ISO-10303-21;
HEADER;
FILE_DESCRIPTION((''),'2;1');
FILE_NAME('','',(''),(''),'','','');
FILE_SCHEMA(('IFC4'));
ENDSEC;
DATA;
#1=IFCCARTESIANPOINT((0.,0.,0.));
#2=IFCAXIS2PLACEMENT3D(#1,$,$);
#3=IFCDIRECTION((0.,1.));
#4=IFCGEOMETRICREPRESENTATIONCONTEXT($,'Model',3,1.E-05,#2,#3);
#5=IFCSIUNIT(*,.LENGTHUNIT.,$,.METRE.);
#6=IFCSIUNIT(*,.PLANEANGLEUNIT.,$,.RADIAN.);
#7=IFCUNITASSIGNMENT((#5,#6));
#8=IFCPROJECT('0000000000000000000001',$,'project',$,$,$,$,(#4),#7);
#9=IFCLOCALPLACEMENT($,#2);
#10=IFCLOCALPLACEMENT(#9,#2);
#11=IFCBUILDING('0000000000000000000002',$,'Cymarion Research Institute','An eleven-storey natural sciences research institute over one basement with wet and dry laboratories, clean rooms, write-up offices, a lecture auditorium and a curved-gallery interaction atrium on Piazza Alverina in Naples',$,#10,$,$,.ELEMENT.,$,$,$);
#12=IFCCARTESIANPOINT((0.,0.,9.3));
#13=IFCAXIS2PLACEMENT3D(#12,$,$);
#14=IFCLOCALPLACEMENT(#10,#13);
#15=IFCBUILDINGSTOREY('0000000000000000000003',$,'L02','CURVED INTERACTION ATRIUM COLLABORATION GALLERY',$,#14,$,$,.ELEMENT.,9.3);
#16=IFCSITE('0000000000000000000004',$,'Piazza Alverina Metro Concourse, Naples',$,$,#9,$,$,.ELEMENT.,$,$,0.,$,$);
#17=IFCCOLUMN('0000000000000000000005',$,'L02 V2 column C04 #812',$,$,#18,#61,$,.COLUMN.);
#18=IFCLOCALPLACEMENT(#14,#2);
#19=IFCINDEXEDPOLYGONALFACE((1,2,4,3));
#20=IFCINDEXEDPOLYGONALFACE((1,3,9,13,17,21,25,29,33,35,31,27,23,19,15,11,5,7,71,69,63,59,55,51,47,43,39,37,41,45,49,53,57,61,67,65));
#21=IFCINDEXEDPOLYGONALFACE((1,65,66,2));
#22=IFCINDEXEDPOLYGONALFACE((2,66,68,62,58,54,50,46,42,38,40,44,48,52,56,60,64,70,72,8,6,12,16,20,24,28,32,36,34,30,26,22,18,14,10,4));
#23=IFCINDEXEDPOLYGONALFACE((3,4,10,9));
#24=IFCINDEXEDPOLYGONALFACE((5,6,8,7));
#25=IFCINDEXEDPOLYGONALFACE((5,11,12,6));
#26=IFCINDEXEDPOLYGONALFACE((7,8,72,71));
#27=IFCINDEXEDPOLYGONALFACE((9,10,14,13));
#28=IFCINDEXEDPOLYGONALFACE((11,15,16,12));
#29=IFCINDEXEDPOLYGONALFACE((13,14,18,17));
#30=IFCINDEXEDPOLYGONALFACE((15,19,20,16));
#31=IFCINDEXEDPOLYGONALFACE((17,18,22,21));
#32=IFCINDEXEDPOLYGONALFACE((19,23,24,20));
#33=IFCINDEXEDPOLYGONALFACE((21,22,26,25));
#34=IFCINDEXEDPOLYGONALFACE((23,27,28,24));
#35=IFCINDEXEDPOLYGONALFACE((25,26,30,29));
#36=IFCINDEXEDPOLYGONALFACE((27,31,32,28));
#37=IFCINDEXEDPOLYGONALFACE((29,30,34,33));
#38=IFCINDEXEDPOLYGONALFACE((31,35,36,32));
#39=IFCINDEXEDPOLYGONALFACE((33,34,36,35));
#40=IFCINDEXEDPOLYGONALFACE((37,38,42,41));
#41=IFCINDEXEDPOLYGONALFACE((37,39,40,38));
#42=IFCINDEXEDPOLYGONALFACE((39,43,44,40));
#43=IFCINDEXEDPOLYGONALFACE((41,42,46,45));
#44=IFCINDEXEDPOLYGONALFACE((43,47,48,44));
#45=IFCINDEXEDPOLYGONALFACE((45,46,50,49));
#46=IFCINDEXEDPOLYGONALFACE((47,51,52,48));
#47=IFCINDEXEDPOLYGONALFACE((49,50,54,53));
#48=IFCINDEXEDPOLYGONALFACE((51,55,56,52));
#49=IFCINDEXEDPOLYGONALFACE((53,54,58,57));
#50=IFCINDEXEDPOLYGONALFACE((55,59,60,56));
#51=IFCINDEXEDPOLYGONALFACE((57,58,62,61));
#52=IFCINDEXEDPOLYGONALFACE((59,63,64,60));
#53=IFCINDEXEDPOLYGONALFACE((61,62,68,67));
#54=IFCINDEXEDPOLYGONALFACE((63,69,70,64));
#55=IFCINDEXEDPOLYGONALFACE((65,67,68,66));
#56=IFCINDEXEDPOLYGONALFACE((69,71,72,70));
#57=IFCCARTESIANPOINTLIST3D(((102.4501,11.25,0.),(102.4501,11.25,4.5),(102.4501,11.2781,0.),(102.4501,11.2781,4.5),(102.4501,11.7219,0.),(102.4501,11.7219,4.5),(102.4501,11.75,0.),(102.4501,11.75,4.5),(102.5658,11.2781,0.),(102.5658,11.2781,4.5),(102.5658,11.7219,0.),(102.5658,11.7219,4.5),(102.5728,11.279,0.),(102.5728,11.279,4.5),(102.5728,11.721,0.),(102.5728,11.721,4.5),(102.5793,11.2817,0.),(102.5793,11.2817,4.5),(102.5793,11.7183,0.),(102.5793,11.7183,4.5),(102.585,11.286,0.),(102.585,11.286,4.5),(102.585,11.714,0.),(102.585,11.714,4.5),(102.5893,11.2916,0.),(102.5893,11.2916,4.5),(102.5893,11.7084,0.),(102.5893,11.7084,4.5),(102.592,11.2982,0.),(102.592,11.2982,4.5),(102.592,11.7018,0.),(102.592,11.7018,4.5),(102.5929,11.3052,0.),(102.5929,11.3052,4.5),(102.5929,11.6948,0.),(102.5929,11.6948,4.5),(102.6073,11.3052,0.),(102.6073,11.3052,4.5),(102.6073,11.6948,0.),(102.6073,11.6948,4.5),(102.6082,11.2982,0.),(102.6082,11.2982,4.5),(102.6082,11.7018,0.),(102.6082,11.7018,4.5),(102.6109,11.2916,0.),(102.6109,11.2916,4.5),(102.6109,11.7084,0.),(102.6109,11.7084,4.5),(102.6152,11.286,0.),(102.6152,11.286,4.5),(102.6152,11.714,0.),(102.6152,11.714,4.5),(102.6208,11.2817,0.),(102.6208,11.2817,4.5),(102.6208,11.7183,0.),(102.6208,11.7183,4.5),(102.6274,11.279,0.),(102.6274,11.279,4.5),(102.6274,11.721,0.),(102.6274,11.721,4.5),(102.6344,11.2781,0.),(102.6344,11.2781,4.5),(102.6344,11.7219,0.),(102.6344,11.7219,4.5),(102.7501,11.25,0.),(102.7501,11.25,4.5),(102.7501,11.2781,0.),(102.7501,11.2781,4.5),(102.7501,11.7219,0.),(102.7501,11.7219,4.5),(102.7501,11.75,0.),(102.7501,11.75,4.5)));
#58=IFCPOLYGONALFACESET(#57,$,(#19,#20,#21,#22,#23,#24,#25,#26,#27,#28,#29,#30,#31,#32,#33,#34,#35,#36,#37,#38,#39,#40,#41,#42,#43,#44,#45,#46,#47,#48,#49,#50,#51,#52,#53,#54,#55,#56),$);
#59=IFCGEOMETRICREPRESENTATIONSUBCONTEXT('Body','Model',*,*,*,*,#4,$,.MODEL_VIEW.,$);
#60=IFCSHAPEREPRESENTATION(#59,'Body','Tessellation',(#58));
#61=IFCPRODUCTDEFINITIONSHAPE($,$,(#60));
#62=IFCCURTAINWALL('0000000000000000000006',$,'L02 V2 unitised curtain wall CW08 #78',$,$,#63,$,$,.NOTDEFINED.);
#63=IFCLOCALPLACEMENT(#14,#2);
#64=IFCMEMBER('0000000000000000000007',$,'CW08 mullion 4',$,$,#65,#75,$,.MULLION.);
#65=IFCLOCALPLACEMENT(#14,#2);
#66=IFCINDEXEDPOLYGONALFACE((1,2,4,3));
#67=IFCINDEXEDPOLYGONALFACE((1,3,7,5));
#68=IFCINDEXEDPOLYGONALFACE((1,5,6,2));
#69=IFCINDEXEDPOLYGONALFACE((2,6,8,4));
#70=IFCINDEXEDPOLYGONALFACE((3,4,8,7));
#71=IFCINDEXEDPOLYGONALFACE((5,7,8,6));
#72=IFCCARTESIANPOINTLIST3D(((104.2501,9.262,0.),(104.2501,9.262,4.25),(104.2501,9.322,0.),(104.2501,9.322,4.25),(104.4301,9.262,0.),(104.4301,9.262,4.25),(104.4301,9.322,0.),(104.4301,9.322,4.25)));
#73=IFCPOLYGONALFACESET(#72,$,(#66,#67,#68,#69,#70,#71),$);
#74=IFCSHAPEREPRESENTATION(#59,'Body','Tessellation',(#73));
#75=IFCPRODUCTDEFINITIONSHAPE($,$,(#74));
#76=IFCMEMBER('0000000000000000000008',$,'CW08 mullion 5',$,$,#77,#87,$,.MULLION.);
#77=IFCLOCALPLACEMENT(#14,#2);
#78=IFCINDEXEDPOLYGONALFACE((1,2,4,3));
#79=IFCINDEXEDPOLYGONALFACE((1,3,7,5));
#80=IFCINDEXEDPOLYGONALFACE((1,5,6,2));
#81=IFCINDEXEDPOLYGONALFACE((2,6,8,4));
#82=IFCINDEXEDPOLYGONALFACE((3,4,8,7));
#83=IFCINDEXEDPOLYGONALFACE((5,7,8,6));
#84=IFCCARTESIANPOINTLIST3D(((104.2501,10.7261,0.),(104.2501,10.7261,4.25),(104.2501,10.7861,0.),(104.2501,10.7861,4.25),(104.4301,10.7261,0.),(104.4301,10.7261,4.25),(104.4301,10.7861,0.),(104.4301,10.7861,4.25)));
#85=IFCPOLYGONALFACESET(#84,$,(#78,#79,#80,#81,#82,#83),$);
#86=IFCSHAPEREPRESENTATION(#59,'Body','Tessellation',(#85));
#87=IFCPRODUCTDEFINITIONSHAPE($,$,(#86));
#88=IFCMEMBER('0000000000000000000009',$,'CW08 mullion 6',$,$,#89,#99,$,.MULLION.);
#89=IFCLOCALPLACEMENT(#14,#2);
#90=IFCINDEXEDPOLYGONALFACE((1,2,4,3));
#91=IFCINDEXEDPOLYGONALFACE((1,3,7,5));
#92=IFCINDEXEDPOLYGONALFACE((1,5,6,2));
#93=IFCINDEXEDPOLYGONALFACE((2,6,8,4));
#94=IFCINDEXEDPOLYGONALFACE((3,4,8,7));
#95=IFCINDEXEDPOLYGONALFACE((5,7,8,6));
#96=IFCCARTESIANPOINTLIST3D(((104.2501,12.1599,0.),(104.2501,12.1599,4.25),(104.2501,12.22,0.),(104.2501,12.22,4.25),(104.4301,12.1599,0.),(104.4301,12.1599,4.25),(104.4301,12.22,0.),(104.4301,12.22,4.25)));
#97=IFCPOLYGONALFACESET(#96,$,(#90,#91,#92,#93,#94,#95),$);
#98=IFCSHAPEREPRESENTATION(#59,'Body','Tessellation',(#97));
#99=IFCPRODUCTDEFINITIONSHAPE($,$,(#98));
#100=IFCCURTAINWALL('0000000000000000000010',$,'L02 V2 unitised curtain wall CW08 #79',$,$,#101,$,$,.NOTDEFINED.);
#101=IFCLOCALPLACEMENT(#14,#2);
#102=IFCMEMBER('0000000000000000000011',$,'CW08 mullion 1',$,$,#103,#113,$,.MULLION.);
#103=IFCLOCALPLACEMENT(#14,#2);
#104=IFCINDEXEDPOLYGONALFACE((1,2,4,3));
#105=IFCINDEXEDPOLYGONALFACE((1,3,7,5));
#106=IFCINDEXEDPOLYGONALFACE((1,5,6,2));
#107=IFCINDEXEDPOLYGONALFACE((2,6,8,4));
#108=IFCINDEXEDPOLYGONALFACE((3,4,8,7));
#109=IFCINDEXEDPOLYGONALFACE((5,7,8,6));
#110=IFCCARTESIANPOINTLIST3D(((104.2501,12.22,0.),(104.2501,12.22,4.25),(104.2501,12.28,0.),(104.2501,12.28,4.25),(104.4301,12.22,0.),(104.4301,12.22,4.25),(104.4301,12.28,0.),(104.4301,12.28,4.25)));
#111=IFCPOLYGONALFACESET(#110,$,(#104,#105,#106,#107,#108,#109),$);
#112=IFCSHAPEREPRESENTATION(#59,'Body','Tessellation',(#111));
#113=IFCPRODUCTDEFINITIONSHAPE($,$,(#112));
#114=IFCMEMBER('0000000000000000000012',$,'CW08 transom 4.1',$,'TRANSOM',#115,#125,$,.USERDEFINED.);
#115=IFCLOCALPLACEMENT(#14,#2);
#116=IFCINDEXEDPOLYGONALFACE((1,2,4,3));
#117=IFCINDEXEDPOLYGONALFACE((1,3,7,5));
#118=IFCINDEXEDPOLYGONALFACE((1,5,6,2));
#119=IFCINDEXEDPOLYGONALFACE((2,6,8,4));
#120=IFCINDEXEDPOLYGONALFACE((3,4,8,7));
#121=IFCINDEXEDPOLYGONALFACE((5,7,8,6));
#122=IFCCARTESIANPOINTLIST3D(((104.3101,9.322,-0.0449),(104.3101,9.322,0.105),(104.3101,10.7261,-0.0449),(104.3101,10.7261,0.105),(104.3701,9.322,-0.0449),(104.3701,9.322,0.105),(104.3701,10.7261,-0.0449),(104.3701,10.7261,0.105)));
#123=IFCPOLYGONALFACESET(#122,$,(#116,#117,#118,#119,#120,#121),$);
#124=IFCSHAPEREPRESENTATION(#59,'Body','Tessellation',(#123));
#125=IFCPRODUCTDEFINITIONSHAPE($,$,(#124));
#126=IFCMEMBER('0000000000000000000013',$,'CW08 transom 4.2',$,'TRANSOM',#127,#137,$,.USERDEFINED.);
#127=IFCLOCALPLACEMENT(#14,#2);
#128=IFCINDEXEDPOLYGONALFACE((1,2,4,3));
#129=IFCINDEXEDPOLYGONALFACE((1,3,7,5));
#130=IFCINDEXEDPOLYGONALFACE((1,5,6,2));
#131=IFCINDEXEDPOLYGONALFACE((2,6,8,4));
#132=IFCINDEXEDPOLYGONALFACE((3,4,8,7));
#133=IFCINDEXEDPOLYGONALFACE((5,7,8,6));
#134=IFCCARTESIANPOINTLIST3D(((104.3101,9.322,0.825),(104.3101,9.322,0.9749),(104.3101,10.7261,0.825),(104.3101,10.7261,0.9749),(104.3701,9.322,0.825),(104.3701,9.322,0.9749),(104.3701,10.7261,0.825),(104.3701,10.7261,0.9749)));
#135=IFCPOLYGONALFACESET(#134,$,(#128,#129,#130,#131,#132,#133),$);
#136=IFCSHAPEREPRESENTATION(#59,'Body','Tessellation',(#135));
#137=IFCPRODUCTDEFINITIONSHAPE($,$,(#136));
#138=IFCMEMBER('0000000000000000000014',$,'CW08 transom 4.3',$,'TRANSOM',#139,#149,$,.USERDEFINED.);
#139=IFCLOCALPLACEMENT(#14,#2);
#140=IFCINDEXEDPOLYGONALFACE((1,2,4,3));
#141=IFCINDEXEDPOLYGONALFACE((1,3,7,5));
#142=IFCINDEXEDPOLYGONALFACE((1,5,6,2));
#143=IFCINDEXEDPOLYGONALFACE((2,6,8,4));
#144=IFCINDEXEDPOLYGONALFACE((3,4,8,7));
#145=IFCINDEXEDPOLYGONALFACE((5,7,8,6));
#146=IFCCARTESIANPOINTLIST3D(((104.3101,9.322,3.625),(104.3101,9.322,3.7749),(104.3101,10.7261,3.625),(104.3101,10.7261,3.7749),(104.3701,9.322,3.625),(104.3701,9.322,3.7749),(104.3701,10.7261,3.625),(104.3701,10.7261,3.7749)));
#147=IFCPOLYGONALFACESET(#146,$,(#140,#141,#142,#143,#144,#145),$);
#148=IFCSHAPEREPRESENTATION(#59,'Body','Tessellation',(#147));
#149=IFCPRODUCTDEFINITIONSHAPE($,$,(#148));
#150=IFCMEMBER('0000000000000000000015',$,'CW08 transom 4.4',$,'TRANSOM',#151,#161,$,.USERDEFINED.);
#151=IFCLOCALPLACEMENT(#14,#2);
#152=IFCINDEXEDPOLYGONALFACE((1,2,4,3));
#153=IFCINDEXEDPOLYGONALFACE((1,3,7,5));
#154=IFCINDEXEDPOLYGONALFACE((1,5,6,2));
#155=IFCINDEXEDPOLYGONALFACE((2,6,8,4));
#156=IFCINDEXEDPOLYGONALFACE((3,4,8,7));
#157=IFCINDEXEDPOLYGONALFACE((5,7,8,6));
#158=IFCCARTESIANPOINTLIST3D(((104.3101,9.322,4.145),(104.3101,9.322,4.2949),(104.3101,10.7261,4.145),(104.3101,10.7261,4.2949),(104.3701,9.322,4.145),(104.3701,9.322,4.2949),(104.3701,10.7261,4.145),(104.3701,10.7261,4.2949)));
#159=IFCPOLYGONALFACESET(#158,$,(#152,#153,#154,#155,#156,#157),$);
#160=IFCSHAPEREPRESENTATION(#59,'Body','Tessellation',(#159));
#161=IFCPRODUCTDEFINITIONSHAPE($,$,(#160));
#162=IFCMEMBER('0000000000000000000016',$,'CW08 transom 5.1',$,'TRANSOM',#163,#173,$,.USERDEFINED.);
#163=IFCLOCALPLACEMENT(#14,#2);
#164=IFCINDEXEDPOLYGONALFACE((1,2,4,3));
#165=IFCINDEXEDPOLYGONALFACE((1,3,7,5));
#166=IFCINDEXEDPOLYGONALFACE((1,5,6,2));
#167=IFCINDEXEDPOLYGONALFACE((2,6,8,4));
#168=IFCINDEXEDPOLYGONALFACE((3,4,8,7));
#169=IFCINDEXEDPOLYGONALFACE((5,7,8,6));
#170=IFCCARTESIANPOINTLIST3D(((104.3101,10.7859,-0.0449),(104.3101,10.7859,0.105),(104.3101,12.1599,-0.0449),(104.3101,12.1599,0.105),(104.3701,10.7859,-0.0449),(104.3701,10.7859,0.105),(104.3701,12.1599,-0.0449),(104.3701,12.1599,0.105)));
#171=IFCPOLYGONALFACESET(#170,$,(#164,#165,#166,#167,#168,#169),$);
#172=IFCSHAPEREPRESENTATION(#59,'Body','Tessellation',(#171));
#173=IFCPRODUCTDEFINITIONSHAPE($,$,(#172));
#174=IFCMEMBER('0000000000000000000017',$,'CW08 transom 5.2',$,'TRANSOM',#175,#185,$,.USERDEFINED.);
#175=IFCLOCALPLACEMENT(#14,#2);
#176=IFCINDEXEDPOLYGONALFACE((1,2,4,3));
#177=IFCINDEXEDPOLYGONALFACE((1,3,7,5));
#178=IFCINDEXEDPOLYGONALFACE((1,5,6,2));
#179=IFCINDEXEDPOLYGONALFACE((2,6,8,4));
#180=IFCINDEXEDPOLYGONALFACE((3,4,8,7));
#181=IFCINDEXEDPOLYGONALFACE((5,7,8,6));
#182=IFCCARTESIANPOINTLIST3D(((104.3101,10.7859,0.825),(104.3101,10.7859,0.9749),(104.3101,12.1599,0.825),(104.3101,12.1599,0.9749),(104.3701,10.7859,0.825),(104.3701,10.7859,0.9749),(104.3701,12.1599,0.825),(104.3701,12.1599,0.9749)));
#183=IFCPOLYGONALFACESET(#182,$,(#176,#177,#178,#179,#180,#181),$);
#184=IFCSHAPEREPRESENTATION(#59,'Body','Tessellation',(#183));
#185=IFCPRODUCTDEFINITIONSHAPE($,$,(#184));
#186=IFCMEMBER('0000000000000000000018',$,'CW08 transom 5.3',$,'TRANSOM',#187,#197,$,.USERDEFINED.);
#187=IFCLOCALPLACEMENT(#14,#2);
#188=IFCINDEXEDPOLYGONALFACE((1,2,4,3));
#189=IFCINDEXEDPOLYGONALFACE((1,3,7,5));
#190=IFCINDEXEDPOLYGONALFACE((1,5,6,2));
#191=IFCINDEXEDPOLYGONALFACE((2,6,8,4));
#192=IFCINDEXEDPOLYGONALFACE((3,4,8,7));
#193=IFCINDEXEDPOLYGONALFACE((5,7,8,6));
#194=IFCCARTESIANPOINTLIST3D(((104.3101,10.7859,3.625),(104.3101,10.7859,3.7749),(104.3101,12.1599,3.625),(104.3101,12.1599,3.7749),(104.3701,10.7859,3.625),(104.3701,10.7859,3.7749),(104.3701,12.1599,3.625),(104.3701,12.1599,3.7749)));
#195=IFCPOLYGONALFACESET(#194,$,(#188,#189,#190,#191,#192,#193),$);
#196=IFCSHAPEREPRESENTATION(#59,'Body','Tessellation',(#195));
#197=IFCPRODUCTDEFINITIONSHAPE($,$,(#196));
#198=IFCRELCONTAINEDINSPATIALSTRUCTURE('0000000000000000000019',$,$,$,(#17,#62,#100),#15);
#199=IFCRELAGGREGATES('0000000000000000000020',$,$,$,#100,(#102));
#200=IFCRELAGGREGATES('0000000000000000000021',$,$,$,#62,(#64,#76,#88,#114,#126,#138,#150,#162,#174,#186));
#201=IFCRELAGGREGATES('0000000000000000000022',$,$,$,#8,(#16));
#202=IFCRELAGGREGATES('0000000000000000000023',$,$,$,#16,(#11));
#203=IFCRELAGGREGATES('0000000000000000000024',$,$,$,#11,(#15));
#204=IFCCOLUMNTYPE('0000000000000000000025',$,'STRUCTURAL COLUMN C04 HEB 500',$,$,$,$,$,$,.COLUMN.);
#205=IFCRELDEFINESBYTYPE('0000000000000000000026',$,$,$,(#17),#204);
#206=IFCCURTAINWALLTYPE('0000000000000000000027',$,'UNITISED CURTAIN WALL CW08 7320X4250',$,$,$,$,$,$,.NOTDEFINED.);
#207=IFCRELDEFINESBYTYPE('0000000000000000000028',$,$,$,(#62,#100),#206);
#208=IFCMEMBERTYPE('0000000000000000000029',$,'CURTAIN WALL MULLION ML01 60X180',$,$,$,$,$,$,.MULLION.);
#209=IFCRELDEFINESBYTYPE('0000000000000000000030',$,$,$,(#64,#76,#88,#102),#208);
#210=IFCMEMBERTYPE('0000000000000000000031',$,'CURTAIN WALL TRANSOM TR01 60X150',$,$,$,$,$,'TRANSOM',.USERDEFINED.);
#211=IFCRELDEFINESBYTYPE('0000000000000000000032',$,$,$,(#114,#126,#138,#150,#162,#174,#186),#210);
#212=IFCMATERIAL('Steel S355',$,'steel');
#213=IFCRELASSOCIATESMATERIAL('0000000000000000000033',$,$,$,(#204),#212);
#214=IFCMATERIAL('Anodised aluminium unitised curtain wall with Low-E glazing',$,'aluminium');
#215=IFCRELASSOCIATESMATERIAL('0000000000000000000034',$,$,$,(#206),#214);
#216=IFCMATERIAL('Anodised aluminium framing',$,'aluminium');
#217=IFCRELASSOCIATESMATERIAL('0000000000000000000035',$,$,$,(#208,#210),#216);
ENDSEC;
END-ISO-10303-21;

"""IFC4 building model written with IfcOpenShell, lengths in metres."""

from ifc_helpers import new_model, si_unit, direction, frame, origin, origin_2d, place, context, subcontext, project, spatial, rectangle, i_section, extrude, material, material_profile, profile_set, type_object, element, aggregate, save


model = new_model("IFC4")

# Units and contexts
model_context = context("Model", 3, precision=1e-05, world=origin(), true_north=direction((0.0, 1.0)))
body_context = subcontext(model_context, "Body", "Model", "MODEL_VIEW")
ifc_project = project(units=[si_unit("LENGTHUNIT", "METRE"), si_unit("PLANEANGLEUNIT", "RADIAN")], contexts=[model_context])

# Site, building, storey
site_placement = place(None, origin())
site = spatial("IfcSite", under=ifc_project, at=site_placement, Name="Piazza Alverina Metro Concourse, Naples", CompositionType="ELEMENT", RefElevation=0.0)
building_placement = place(site_placement, origin())
building = spatial("IfcBuilding", under=site, at=building_placement, Name="Cymarion Research Institute", Description="An eleven-storey natural sciences research institute over one basement with wet and dry laboratories, clean rooms, write-up offices, a lecture auditorium and a curved-gallery interaction atrium on Piazza Alverina in Naples", CompositionType="ELEMENT")
storey_placement = place(building_placement, frame((0.0, 0.0, 9.3)))
storey = spatial("IfcBuildingStorey", under=building, at=storey_placement, Name="L02", Description="CURVED INTERACTION ATRIUM COLLABORATION GALLERY", CompositionType="ELEMENT", Elevation=9.3)

# Column
ifc_material_1 = material(Name="Steel S355", Category="steel")
ifc_material_profile_1 = material_profile(ifc_material_1, i_section(OverallWidth=0.3, OverallDepth=0.5, WebThickness=0.0144, FlangeThickness=0.0281, FilletRadius=0.0271, at=origin_2d()), Name="HEB 500")
ifc_profile_set_1 = profile_set([ifc_material_profile_1], Name="Steel S355")
column_type = type_object("IfcColumnType", Name="STRUCTURAL COLUMN C04 HEB 500", PredefinedType="COLUMN", material=ifc_profile_set_1)
column_placement = place(storey_placement, frame((102.6001, 11.5, 0.0), z_axis=(0.0, 0.0, 1.0), x_axis=(1.0, 0.0, 0.0)))
element("IfcColumn", 1, at=column_placement, inside=storey, type_object=column_type, Name="L02 V2 column C04 #812", PredefinedType="COLUMN", context=body_context, shape_type="SweptSolid", body=[
    extrude(i_section(OverallWidth=0.3, OverallDepth=0.5, WebThickness=0.0144, FlangeThickness=0.0281, FilletRadius=0.0271, at=origin_2d()), origin(), (0.0, 0.0, 1.0), 4.5),
])

# Curtain wall, members
ifc_material_2 = material(Name="Anodised aluminium unitised curtain wall with Low-E glazing", Category="aluminium")
curtain_wall_type = type_object("IfcCurtainWallType", Name="UNITISED CURTAIN WALL CW08 7320X4250", PredefinedType="NOTDEFINED", material=ifc_material_2)
curtain_wall_1_placement = place(storey_placement, origin())
curtain_wall_1 = element("IfcCurtainWall", 2, at=curtain_wall_1_placement, inside=storey, type_object=curtain_wall_type, Name="L02 V2 unitised curtain wall CW08 #78", PredefinedType="NOTDEFINED")
ifc_material_3 = material(Name="Anodised aluminium framing", Category="aluminium")
ifc_material_profile_2 = material_profile(ifc_material_3, rectangle(XDim=0.0601, YDim=0.1799, at=origin_2d()), Name="ALU MULLION 60x180")
ifc_profile_set_2 = profile_set([ifc_material_profile_2], Name="Anodised aluminium framing")
member_type_1 = type_object("IfcMemberType", Name="CURTAIN WALL MULLION ML01 60X180", PredefinedType="MULLION", material=ifc_profile_set_2)
member_1_placement = place(storey_placement, frame((104.3401, 9.292, 0.0), z_axis=(0.0, 0.0, 1.0), x_axis=(0.0, 1.0, 0.0)))
member_1 = element("IfcMember", 3, at=member_1_placement, type_object=member_type_1, Name="CW08 mullion 4", PredefinedType="MULLION", context=body_context, shape_type="SweptSolid", body=[
    extrude(rectangle(XDim=0.0601, YDim=0.1799, at=origin_2d()), origin(), (0.0, 0.0, 1.0), 4.25),
])
member_2_placement = place(storey_placement, frame((104.3401, 10.7561, 0.0), z_axis=(0.0, 0.0, 1.0), x_axis=(0.0, 1.0, 0.0)))
member_2 = element("IfcMember", 4, at=member_2_placement, type_object=member_type_1, Name="CW08 mullion 5", PredefinedType="MULLION", context=body_context, shape_type="SweptSolid", body=[
    extrude(rectangle(XDim=0.0601, YDim=0.1799, at=origin_2d()), origin(), (0.0, 0.0, 1.0), 4.25),
])
member_3_placement = place(storey_placement, frame((104.3401, 12.1899, 0.0), z_axis=(0.0, 0.0, 1.0), x_axis=(0.0, 1.0, 0.0)))
member_3 = element("IfcMember", 5, at=member_3_placement, type_object=member_type_1, Name="CW08 mullion 6", PredefinedType="MULLION", context=body_context, shape_type="SweptSolid", body=[
    extrude(rectangle(XDim=0.0601, YDim=0.1799, at=origin_2d()), origin(), (0.0, 0.0, 1.0), 4.25),
])

# Curtain wall, member
curtain_wall_2_placement = place(storey_placement, origin())
curtain_wall_2 = element("IfcCurtainWall", 6, at=curtain_wall_2_placement, inside=storey, type_object=curtain_wall_type, Name="L02 V2 unitised curtain wall CW08 #79", PredefinedType="NOTDEFINED")
member_4_placement = place(storey_placement, frame((104.3401, 12.25, 0.0), z_axis=(0.0, 0.0, 1.0), x_axis=(0.0, 1.0, 0.0)))
member_4 = element("IfcMember", 7, at=member_4_placement, type_object=member_type_1, Name="CW08 mullion 1", PredefinedType="MULLION", context=body_context, shape_type="SweptSolid", body=[
    extrude(rectangle(XDim=0.0601, YDim=0.1799, at=origin_2d()), origin(), (0.0, 0.0, 1.0), 4.25),
])

# Members
ifc_material_profile_3 = material_profile(ifc_material_3, rectangle(XDim=0.0601, YDim=0.1499, at=origin_2d()), Name="ALU TRANSOM 60x150")
ifc_profile_set_3 = profile_set([ifc_material_profile_3], Name="Anodised aluminium framing")
member_type_2 = type_object("IfcMemberType", Name="CURTAIN WALL TRANSOM TR01 60X150", ElementType="TRANSOM", PredefinedType="USERDEFINED", material=ifc_profile_set_3)
member_5_placement = place(storey_placement, frame((104.3401, 9.322, 0.03), z_axis=(0.0, 1.0, 0.0), x_axis=(-1.0, 0.0, 0.0)))
member_5 = element("IfcMember", 8, at=member_5_placement, type_object=member_type_2, Name="CW08 transom 4.1", ObjectType="TRANSOM", PredefinedType="USERDEFINED", context=body_context, shape_type="SweptSolid", body=[
    extrude(rectangle(XDim=0.0601, YDim=0.1499, at=origin_2d()), origin(), (0.0, 0.0, 1.0), 1.4041),
])
member_6_placement = place(storey_placement, frame((104.3401, 9.322, 0.8999), z_axis=(0.0, 1.0, 0.0), x_axis=(-1.0, 0.0, 0.0)))
member_6 = element("IfcMember", 9, at=member_6_placement, type_object=member_type_2, Name="CW08 transom 4.2", ObjectType="TRANSOM", PredefinedType="USERDEFINED", context=body_context, shape_type="SweptSolid", body=[
    extrude(rectangle(XDim=0.0601, YDim=0.1499, at=origin_2d()), origin(), (0.0, 0.0, 1.0), 1.4041),
])
member_7_placement = place(storey_placement, frame((104.3401, 9.322, 3.7), z_axis=(0.0, 1.0, 0.0), x_axis=(-1.0, 0.0, 0.0)))
member_7 = element("IfcMember", 10, at=member_7_placement, type_object=member_type_2, Name="CW08 transom 4.3", ObjectType="TRANSOM", PredefinedType="USERDEFINED", context=body_context, shape_type="SweptSolid", body=[
    extrude(rectangle(XDim=0.0601, YDim=0.1499, at=origin_2d()), origin(), (0.0, 0.0, 1.0), 1.4041),
])
member_8_placement = place(storey_placement, frame((104.3401, 9.322, 4.22), z_axis=(0.0, 1.0, 0.0), x_axis=(-1.0, 0.0, 0.0)))
member_8 = element("IfcMember", 11, at=member_8_placement, type_object=member_type_2, Name="CW08 transom 4.4", ObjectType="TRANSOM", PredefinedType="USERDEFINED", context=body_context, shape_type="SweptSolid", body=[
    extrude(rectangle(XDim=0.0601, YDim=0.1499, at=origin_2d()), origin(), (0.0, 0.0, 1.0), 1.4041),
])
member_9_placement = place(storey_placement, frame((104.3401, 10.7859, 0.03), z_axis=(0.0, 1.0, 0.0), x_axis=(-1.0, 0.0, 0.0)))
member_9 = element("IfcMember", 12, at=member_9_placement, type_object=member_type_2, Name="CW08 transom 5.1", ObjectType="TRANSOM", PredefinedType="USERDEFINED", context=body_context, shape_type="SweptSolid", body=[
    extrude(rectangle(XDim=0.0601, YDim=0.1499, at=origin_2d()), origin(), (0.0, 0.0, 1.0), 1.374),
])
member_10_placement = place(storey_placement, frame((104.3401, 10.7859, 0.8999), z_axis=(0.0, 1.0, 0.0), x_axis=(-1.0, 0.0, 0.0)))
member_10 = element("IfcMember", 13, at=member_10_placement, type_object=member_type_2, Name="CW08 transom 5.2", ObjectType="TRANSOM", PredefinedType="USERDEFINED", context=body_context, shape_type="SweptSolid", body=[
    extrude(rectangle(XDim=0.0601, YDim=0.1499, at=origin_2d()), origin(), (0.0, 0.0, 1.0), 1.374),
])
member_11_placement = place(storey_placement, frame((104.3401, 10.7859, 3.7), z_axis=(0.0, 1.0, 0.0), x_axis=(-1.0, 0.0, 0.0)))
member_11 = element("IfcMember", 14, at=member_11_placement, type_object=member_type_2, Name="CW08 transom 5.3", ObjectType="TRANSOM", PredefinedType="USERDEFINED", context=body_context, shape_type="SweptSolid", body=[
    extrude(rectangle(XDim=0.0601, YDim=0.1499, at=origin_2d()), origin(), (0.0, 0.0, 1.0), 1.374),
])

aggregate(curtain_wall_2, [member_4])
aggregate(curtain_wall_1, [member_1, member_2, member_3, member_5, member_6, member_7, member_8, member_9, member_10, member_11])

save(model, "model.ifc")
